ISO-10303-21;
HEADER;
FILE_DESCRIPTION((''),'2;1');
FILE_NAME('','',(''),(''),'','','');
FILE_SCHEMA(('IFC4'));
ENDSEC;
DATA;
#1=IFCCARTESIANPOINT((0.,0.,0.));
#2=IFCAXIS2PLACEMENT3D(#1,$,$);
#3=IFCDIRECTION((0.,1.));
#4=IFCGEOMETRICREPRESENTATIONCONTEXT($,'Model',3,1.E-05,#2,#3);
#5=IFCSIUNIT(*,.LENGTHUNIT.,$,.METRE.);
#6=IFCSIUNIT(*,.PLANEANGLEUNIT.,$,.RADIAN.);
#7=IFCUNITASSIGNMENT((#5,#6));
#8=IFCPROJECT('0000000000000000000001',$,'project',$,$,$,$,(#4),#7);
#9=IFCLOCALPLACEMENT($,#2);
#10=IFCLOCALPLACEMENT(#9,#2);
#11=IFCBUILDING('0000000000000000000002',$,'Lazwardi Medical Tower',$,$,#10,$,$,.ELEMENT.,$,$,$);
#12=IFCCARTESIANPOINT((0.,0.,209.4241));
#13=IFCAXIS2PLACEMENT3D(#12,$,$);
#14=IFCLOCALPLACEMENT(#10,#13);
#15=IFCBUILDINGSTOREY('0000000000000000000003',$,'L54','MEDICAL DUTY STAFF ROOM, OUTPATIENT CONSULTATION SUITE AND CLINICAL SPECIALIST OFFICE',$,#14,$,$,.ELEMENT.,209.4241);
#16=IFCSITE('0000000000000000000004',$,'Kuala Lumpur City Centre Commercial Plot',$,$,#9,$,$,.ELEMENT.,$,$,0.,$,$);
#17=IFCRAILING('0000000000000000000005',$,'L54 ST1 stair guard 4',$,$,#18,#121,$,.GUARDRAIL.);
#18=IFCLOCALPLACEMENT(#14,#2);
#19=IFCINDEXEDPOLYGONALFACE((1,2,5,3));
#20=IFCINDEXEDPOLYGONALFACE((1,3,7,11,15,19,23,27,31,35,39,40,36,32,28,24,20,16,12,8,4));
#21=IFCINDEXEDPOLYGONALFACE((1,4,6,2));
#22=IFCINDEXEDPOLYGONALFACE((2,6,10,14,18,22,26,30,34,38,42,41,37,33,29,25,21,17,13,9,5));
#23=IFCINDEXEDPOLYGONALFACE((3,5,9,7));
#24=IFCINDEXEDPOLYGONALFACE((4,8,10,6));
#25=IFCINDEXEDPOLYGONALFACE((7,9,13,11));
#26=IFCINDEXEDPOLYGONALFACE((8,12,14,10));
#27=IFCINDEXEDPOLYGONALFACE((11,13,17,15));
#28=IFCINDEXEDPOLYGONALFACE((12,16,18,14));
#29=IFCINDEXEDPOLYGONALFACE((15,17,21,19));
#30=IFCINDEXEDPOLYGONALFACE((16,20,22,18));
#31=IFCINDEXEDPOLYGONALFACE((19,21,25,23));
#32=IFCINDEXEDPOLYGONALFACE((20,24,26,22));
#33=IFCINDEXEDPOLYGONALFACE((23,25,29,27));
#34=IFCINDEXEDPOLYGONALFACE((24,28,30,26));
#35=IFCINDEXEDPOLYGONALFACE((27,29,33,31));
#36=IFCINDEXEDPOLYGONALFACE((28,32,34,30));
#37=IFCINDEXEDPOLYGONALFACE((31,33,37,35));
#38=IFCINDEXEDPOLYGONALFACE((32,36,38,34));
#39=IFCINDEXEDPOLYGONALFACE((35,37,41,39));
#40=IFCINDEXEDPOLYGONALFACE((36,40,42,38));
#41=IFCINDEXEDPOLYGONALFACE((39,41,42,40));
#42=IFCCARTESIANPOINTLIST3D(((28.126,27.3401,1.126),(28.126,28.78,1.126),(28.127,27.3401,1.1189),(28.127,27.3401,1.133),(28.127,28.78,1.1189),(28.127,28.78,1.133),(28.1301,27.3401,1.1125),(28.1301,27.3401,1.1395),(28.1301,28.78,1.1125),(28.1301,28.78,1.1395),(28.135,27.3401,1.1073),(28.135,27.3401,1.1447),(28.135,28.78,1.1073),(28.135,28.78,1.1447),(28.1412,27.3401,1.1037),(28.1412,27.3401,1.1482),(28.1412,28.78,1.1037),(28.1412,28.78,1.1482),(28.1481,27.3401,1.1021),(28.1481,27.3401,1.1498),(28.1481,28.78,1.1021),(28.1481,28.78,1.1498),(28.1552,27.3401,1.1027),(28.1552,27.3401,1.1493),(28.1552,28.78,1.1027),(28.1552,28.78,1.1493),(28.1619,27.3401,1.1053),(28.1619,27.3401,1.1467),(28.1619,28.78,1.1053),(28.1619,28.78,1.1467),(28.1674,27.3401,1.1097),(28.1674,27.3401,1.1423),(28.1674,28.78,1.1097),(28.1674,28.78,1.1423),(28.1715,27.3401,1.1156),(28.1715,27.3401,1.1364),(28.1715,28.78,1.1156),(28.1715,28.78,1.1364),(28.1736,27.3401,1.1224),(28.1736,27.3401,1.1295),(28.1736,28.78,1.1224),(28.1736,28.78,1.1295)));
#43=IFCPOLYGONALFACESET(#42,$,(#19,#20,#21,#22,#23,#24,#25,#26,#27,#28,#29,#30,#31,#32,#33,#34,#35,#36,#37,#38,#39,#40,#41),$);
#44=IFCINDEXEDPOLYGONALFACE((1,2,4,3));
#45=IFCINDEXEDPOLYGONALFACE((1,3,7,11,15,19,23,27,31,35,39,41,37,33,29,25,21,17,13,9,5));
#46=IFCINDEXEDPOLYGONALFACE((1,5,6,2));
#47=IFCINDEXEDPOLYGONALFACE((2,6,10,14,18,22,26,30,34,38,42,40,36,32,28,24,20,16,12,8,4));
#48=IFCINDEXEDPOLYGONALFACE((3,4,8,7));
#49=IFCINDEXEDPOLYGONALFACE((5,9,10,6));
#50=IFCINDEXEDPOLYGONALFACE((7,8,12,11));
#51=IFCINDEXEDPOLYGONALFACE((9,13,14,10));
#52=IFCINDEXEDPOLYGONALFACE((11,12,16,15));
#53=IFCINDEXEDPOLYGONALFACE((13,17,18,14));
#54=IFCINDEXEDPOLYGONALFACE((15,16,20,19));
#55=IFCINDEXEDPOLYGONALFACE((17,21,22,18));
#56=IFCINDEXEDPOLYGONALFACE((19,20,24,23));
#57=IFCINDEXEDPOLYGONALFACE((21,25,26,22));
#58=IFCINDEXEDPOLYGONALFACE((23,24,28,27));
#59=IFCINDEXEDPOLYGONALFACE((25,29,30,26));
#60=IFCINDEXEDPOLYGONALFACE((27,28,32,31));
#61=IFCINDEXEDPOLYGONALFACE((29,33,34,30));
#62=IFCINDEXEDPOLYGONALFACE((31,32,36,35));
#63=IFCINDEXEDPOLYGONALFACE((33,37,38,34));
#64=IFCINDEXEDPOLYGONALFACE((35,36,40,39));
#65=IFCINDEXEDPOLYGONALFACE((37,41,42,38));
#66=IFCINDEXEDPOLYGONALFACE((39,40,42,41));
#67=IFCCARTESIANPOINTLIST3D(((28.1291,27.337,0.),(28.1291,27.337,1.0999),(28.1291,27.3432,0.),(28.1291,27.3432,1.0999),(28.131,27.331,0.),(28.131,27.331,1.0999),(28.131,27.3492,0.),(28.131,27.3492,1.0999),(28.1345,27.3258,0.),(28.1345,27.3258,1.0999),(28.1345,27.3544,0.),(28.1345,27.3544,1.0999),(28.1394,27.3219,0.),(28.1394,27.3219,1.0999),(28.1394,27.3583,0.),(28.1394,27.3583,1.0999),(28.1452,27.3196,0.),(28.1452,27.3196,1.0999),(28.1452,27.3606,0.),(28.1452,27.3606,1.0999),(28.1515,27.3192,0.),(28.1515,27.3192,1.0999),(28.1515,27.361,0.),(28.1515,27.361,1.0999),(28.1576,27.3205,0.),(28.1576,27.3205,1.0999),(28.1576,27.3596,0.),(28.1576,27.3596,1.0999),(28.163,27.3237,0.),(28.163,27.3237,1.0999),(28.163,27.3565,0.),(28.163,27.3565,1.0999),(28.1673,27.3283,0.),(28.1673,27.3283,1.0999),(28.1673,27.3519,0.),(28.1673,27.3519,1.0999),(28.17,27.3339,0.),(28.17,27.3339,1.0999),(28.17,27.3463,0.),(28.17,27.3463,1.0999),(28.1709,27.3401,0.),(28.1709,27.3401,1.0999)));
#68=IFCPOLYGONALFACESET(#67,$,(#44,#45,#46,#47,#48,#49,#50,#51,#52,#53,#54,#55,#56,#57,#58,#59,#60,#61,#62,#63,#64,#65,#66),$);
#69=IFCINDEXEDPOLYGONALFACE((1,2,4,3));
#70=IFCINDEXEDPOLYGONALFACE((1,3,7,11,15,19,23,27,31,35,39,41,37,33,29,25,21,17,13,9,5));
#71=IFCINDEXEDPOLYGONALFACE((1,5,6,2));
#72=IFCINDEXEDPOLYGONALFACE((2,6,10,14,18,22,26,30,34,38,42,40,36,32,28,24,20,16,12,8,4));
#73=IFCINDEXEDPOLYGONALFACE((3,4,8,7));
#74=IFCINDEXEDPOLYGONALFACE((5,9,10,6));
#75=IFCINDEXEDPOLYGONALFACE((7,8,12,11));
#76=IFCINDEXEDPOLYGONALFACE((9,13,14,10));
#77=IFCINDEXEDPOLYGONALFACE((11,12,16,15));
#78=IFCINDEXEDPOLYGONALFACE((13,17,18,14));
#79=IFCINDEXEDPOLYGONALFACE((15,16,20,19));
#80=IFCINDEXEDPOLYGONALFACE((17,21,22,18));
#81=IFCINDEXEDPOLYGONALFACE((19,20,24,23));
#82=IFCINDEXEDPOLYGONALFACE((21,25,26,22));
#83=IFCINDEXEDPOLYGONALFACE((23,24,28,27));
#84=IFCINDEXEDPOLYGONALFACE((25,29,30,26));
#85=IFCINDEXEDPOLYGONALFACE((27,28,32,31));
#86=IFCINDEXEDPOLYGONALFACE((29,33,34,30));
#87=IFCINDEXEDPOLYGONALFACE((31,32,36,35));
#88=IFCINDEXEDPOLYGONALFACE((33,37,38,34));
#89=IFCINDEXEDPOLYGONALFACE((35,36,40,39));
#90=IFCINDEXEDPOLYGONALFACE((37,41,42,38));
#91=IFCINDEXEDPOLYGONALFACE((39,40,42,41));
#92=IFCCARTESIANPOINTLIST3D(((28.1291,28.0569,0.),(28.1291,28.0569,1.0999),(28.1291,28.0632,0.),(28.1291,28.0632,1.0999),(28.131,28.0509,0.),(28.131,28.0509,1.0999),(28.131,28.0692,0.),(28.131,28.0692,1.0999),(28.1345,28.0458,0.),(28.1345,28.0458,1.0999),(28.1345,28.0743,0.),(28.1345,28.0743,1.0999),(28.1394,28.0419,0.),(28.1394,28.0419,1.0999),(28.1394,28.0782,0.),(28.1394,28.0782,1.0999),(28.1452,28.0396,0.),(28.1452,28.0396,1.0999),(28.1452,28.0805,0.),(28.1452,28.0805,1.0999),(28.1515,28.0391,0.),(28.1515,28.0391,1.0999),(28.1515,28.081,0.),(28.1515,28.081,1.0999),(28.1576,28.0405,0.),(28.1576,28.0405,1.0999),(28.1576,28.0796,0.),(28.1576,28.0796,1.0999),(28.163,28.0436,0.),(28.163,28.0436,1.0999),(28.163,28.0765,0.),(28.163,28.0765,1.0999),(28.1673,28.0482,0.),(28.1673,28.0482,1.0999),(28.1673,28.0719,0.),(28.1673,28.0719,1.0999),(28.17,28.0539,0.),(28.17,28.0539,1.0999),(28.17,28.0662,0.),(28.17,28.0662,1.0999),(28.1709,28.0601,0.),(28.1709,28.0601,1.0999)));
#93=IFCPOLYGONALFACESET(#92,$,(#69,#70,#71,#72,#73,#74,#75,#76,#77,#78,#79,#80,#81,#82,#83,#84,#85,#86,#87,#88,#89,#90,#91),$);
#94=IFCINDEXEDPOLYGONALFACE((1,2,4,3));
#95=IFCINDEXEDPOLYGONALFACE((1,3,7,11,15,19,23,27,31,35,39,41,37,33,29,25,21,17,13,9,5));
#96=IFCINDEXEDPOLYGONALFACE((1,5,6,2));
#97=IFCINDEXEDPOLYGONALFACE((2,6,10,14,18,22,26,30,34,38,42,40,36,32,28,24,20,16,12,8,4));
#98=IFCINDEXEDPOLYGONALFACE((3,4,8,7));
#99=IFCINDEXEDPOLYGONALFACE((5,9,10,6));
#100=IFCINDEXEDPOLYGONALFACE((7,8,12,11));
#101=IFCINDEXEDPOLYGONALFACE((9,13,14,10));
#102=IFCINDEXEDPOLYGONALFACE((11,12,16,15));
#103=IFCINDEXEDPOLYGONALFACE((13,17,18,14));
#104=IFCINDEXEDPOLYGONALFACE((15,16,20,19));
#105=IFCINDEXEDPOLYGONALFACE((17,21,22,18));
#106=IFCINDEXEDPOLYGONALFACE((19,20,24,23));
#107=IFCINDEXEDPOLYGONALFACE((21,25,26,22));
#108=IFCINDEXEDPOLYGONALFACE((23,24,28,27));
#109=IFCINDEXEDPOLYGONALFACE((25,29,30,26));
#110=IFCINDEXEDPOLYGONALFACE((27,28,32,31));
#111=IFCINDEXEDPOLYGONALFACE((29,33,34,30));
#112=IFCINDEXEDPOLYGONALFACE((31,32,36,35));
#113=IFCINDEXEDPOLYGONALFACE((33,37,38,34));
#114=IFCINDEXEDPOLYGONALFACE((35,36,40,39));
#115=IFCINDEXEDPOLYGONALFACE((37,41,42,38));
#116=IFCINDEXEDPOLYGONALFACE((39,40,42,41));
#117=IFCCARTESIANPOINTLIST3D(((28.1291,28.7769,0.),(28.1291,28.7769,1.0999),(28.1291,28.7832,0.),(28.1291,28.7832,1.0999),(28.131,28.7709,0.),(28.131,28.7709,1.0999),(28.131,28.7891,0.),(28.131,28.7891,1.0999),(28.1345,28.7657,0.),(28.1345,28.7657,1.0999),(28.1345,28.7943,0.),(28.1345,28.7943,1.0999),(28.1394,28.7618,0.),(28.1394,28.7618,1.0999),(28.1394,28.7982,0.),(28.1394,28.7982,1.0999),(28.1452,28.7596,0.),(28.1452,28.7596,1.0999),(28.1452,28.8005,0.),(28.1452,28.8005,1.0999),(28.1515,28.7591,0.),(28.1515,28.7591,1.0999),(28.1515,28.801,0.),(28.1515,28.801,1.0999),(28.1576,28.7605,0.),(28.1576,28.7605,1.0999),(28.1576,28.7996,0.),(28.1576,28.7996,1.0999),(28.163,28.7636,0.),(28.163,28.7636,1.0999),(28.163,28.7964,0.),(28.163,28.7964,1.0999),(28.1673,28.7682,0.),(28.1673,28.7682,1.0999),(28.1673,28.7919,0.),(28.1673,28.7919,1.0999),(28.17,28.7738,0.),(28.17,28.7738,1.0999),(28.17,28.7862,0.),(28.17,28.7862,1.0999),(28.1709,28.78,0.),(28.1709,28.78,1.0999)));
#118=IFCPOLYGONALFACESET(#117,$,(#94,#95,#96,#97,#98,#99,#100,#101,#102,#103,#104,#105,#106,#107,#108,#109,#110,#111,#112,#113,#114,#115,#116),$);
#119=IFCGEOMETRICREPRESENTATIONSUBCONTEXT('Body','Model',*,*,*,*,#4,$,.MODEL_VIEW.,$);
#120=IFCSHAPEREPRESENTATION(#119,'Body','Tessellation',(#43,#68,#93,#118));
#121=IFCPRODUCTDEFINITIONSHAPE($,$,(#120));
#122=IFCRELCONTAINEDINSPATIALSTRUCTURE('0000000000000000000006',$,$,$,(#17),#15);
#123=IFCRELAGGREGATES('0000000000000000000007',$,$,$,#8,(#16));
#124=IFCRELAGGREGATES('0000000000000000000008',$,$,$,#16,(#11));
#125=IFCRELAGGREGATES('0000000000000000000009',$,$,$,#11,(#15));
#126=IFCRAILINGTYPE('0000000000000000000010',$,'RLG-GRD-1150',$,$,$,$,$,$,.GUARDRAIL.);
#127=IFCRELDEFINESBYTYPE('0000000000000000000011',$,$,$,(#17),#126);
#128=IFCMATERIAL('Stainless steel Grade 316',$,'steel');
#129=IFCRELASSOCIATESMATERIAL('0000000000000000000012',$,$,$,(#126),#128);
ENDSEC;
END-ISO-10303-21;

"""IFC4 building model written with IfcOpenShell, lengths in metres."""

from ifc_helpers import new_model, si_unit, direction, frame, origin, origin_2d, place, context, subcontext, project, spatial, circle, extrude, material, type_object, element, save


model = new_model("IFC4")

# Units and contexts
model_context = context("Model", 3, precision=1e-05, world=origin(), true_north=direction((0.0, 1.0)))
body_context = subcontext(model_context, "Body", "Model", "MODEL_VIEW")
ifc_project = project(units=[si_unit("LENGTHUNIT", "METRE"), si_unit("PLANEANGLEUNIT", "RADIAN")], contexts=[model_context])

# Site, building, storey
site_placement = place(None, origin())
site = spatial("IfcSite", under=ifc_project, at=site_placement, Name="Kuala Lumpur City Centre Commercial Plot", CompositionType="ELEMENT", RefElevation=0.0)
building_placement = place(site_placement, origin())
building = spatial("IfcBuilding", under=site, at=building_placement, Name="Lazwardi Medical Tower", CompositionType="ELEMENT")
storey_placement = place(building_placement, frame((0.0, 0.0, 209.4241)))
storey = spatial("IfcBuildingStorey", under=building, at=storey_placement, Name="L54", Description="MEDICAL DUTY STAFF ROOM, OUTPATIENT CONSULTATION SUITE AND CLINICAL SPECIALIST OFFICE", CompositionType="ELEMENT", Elevation=209.4241)

# Railing
ifc_material_1 = material(Name="Stainless steel Grade 316", Category="steel")
railing_type_1 = type_object("IfcRailingType", Name="RLG-GRD-1150", PredefinedType="GUARDRAIL", material=ifc_material_1)
railing_1_placement = place(storey_placement, frame((28.1499, 27.3401, 0.0)))
element("IfcRailing", 1, at=railing_1_placement, inside=storey, type_object=railing_type_1, Name="L54 ST1 stair guard 4", PredefinedType="GUARDRAIL", context=body_context, shape_type="SweptSolid", body=[
    extrude(circle(Radius=0.0239, at=origin_2d()), frame((0.0, 0.0, 1.126), z_axis=(0.0, 1.0, 0.0), x_axis=(-1.0, 0.0, 0.0)), (0.0, 0.0, 1.0), 1.4399),
    extrude(circle(Radius=0.021, at=origin_2d()), origin(), (0.0, 0.0, 1.0), 1.0999),
    extrude(circle(Radius=0.021, at=origin_2d()), frame((0.0, 0.72, 0.0)), (0.0, 0.0, 1.0), 1.0999),
    extrude(circle(Radius=0.021, at=origin_2d()), frame((0.0, 1.4399, 0.0)), (0.0, 0.0, 1.0), 1.0999),
])

save(model, "model.ifc")
